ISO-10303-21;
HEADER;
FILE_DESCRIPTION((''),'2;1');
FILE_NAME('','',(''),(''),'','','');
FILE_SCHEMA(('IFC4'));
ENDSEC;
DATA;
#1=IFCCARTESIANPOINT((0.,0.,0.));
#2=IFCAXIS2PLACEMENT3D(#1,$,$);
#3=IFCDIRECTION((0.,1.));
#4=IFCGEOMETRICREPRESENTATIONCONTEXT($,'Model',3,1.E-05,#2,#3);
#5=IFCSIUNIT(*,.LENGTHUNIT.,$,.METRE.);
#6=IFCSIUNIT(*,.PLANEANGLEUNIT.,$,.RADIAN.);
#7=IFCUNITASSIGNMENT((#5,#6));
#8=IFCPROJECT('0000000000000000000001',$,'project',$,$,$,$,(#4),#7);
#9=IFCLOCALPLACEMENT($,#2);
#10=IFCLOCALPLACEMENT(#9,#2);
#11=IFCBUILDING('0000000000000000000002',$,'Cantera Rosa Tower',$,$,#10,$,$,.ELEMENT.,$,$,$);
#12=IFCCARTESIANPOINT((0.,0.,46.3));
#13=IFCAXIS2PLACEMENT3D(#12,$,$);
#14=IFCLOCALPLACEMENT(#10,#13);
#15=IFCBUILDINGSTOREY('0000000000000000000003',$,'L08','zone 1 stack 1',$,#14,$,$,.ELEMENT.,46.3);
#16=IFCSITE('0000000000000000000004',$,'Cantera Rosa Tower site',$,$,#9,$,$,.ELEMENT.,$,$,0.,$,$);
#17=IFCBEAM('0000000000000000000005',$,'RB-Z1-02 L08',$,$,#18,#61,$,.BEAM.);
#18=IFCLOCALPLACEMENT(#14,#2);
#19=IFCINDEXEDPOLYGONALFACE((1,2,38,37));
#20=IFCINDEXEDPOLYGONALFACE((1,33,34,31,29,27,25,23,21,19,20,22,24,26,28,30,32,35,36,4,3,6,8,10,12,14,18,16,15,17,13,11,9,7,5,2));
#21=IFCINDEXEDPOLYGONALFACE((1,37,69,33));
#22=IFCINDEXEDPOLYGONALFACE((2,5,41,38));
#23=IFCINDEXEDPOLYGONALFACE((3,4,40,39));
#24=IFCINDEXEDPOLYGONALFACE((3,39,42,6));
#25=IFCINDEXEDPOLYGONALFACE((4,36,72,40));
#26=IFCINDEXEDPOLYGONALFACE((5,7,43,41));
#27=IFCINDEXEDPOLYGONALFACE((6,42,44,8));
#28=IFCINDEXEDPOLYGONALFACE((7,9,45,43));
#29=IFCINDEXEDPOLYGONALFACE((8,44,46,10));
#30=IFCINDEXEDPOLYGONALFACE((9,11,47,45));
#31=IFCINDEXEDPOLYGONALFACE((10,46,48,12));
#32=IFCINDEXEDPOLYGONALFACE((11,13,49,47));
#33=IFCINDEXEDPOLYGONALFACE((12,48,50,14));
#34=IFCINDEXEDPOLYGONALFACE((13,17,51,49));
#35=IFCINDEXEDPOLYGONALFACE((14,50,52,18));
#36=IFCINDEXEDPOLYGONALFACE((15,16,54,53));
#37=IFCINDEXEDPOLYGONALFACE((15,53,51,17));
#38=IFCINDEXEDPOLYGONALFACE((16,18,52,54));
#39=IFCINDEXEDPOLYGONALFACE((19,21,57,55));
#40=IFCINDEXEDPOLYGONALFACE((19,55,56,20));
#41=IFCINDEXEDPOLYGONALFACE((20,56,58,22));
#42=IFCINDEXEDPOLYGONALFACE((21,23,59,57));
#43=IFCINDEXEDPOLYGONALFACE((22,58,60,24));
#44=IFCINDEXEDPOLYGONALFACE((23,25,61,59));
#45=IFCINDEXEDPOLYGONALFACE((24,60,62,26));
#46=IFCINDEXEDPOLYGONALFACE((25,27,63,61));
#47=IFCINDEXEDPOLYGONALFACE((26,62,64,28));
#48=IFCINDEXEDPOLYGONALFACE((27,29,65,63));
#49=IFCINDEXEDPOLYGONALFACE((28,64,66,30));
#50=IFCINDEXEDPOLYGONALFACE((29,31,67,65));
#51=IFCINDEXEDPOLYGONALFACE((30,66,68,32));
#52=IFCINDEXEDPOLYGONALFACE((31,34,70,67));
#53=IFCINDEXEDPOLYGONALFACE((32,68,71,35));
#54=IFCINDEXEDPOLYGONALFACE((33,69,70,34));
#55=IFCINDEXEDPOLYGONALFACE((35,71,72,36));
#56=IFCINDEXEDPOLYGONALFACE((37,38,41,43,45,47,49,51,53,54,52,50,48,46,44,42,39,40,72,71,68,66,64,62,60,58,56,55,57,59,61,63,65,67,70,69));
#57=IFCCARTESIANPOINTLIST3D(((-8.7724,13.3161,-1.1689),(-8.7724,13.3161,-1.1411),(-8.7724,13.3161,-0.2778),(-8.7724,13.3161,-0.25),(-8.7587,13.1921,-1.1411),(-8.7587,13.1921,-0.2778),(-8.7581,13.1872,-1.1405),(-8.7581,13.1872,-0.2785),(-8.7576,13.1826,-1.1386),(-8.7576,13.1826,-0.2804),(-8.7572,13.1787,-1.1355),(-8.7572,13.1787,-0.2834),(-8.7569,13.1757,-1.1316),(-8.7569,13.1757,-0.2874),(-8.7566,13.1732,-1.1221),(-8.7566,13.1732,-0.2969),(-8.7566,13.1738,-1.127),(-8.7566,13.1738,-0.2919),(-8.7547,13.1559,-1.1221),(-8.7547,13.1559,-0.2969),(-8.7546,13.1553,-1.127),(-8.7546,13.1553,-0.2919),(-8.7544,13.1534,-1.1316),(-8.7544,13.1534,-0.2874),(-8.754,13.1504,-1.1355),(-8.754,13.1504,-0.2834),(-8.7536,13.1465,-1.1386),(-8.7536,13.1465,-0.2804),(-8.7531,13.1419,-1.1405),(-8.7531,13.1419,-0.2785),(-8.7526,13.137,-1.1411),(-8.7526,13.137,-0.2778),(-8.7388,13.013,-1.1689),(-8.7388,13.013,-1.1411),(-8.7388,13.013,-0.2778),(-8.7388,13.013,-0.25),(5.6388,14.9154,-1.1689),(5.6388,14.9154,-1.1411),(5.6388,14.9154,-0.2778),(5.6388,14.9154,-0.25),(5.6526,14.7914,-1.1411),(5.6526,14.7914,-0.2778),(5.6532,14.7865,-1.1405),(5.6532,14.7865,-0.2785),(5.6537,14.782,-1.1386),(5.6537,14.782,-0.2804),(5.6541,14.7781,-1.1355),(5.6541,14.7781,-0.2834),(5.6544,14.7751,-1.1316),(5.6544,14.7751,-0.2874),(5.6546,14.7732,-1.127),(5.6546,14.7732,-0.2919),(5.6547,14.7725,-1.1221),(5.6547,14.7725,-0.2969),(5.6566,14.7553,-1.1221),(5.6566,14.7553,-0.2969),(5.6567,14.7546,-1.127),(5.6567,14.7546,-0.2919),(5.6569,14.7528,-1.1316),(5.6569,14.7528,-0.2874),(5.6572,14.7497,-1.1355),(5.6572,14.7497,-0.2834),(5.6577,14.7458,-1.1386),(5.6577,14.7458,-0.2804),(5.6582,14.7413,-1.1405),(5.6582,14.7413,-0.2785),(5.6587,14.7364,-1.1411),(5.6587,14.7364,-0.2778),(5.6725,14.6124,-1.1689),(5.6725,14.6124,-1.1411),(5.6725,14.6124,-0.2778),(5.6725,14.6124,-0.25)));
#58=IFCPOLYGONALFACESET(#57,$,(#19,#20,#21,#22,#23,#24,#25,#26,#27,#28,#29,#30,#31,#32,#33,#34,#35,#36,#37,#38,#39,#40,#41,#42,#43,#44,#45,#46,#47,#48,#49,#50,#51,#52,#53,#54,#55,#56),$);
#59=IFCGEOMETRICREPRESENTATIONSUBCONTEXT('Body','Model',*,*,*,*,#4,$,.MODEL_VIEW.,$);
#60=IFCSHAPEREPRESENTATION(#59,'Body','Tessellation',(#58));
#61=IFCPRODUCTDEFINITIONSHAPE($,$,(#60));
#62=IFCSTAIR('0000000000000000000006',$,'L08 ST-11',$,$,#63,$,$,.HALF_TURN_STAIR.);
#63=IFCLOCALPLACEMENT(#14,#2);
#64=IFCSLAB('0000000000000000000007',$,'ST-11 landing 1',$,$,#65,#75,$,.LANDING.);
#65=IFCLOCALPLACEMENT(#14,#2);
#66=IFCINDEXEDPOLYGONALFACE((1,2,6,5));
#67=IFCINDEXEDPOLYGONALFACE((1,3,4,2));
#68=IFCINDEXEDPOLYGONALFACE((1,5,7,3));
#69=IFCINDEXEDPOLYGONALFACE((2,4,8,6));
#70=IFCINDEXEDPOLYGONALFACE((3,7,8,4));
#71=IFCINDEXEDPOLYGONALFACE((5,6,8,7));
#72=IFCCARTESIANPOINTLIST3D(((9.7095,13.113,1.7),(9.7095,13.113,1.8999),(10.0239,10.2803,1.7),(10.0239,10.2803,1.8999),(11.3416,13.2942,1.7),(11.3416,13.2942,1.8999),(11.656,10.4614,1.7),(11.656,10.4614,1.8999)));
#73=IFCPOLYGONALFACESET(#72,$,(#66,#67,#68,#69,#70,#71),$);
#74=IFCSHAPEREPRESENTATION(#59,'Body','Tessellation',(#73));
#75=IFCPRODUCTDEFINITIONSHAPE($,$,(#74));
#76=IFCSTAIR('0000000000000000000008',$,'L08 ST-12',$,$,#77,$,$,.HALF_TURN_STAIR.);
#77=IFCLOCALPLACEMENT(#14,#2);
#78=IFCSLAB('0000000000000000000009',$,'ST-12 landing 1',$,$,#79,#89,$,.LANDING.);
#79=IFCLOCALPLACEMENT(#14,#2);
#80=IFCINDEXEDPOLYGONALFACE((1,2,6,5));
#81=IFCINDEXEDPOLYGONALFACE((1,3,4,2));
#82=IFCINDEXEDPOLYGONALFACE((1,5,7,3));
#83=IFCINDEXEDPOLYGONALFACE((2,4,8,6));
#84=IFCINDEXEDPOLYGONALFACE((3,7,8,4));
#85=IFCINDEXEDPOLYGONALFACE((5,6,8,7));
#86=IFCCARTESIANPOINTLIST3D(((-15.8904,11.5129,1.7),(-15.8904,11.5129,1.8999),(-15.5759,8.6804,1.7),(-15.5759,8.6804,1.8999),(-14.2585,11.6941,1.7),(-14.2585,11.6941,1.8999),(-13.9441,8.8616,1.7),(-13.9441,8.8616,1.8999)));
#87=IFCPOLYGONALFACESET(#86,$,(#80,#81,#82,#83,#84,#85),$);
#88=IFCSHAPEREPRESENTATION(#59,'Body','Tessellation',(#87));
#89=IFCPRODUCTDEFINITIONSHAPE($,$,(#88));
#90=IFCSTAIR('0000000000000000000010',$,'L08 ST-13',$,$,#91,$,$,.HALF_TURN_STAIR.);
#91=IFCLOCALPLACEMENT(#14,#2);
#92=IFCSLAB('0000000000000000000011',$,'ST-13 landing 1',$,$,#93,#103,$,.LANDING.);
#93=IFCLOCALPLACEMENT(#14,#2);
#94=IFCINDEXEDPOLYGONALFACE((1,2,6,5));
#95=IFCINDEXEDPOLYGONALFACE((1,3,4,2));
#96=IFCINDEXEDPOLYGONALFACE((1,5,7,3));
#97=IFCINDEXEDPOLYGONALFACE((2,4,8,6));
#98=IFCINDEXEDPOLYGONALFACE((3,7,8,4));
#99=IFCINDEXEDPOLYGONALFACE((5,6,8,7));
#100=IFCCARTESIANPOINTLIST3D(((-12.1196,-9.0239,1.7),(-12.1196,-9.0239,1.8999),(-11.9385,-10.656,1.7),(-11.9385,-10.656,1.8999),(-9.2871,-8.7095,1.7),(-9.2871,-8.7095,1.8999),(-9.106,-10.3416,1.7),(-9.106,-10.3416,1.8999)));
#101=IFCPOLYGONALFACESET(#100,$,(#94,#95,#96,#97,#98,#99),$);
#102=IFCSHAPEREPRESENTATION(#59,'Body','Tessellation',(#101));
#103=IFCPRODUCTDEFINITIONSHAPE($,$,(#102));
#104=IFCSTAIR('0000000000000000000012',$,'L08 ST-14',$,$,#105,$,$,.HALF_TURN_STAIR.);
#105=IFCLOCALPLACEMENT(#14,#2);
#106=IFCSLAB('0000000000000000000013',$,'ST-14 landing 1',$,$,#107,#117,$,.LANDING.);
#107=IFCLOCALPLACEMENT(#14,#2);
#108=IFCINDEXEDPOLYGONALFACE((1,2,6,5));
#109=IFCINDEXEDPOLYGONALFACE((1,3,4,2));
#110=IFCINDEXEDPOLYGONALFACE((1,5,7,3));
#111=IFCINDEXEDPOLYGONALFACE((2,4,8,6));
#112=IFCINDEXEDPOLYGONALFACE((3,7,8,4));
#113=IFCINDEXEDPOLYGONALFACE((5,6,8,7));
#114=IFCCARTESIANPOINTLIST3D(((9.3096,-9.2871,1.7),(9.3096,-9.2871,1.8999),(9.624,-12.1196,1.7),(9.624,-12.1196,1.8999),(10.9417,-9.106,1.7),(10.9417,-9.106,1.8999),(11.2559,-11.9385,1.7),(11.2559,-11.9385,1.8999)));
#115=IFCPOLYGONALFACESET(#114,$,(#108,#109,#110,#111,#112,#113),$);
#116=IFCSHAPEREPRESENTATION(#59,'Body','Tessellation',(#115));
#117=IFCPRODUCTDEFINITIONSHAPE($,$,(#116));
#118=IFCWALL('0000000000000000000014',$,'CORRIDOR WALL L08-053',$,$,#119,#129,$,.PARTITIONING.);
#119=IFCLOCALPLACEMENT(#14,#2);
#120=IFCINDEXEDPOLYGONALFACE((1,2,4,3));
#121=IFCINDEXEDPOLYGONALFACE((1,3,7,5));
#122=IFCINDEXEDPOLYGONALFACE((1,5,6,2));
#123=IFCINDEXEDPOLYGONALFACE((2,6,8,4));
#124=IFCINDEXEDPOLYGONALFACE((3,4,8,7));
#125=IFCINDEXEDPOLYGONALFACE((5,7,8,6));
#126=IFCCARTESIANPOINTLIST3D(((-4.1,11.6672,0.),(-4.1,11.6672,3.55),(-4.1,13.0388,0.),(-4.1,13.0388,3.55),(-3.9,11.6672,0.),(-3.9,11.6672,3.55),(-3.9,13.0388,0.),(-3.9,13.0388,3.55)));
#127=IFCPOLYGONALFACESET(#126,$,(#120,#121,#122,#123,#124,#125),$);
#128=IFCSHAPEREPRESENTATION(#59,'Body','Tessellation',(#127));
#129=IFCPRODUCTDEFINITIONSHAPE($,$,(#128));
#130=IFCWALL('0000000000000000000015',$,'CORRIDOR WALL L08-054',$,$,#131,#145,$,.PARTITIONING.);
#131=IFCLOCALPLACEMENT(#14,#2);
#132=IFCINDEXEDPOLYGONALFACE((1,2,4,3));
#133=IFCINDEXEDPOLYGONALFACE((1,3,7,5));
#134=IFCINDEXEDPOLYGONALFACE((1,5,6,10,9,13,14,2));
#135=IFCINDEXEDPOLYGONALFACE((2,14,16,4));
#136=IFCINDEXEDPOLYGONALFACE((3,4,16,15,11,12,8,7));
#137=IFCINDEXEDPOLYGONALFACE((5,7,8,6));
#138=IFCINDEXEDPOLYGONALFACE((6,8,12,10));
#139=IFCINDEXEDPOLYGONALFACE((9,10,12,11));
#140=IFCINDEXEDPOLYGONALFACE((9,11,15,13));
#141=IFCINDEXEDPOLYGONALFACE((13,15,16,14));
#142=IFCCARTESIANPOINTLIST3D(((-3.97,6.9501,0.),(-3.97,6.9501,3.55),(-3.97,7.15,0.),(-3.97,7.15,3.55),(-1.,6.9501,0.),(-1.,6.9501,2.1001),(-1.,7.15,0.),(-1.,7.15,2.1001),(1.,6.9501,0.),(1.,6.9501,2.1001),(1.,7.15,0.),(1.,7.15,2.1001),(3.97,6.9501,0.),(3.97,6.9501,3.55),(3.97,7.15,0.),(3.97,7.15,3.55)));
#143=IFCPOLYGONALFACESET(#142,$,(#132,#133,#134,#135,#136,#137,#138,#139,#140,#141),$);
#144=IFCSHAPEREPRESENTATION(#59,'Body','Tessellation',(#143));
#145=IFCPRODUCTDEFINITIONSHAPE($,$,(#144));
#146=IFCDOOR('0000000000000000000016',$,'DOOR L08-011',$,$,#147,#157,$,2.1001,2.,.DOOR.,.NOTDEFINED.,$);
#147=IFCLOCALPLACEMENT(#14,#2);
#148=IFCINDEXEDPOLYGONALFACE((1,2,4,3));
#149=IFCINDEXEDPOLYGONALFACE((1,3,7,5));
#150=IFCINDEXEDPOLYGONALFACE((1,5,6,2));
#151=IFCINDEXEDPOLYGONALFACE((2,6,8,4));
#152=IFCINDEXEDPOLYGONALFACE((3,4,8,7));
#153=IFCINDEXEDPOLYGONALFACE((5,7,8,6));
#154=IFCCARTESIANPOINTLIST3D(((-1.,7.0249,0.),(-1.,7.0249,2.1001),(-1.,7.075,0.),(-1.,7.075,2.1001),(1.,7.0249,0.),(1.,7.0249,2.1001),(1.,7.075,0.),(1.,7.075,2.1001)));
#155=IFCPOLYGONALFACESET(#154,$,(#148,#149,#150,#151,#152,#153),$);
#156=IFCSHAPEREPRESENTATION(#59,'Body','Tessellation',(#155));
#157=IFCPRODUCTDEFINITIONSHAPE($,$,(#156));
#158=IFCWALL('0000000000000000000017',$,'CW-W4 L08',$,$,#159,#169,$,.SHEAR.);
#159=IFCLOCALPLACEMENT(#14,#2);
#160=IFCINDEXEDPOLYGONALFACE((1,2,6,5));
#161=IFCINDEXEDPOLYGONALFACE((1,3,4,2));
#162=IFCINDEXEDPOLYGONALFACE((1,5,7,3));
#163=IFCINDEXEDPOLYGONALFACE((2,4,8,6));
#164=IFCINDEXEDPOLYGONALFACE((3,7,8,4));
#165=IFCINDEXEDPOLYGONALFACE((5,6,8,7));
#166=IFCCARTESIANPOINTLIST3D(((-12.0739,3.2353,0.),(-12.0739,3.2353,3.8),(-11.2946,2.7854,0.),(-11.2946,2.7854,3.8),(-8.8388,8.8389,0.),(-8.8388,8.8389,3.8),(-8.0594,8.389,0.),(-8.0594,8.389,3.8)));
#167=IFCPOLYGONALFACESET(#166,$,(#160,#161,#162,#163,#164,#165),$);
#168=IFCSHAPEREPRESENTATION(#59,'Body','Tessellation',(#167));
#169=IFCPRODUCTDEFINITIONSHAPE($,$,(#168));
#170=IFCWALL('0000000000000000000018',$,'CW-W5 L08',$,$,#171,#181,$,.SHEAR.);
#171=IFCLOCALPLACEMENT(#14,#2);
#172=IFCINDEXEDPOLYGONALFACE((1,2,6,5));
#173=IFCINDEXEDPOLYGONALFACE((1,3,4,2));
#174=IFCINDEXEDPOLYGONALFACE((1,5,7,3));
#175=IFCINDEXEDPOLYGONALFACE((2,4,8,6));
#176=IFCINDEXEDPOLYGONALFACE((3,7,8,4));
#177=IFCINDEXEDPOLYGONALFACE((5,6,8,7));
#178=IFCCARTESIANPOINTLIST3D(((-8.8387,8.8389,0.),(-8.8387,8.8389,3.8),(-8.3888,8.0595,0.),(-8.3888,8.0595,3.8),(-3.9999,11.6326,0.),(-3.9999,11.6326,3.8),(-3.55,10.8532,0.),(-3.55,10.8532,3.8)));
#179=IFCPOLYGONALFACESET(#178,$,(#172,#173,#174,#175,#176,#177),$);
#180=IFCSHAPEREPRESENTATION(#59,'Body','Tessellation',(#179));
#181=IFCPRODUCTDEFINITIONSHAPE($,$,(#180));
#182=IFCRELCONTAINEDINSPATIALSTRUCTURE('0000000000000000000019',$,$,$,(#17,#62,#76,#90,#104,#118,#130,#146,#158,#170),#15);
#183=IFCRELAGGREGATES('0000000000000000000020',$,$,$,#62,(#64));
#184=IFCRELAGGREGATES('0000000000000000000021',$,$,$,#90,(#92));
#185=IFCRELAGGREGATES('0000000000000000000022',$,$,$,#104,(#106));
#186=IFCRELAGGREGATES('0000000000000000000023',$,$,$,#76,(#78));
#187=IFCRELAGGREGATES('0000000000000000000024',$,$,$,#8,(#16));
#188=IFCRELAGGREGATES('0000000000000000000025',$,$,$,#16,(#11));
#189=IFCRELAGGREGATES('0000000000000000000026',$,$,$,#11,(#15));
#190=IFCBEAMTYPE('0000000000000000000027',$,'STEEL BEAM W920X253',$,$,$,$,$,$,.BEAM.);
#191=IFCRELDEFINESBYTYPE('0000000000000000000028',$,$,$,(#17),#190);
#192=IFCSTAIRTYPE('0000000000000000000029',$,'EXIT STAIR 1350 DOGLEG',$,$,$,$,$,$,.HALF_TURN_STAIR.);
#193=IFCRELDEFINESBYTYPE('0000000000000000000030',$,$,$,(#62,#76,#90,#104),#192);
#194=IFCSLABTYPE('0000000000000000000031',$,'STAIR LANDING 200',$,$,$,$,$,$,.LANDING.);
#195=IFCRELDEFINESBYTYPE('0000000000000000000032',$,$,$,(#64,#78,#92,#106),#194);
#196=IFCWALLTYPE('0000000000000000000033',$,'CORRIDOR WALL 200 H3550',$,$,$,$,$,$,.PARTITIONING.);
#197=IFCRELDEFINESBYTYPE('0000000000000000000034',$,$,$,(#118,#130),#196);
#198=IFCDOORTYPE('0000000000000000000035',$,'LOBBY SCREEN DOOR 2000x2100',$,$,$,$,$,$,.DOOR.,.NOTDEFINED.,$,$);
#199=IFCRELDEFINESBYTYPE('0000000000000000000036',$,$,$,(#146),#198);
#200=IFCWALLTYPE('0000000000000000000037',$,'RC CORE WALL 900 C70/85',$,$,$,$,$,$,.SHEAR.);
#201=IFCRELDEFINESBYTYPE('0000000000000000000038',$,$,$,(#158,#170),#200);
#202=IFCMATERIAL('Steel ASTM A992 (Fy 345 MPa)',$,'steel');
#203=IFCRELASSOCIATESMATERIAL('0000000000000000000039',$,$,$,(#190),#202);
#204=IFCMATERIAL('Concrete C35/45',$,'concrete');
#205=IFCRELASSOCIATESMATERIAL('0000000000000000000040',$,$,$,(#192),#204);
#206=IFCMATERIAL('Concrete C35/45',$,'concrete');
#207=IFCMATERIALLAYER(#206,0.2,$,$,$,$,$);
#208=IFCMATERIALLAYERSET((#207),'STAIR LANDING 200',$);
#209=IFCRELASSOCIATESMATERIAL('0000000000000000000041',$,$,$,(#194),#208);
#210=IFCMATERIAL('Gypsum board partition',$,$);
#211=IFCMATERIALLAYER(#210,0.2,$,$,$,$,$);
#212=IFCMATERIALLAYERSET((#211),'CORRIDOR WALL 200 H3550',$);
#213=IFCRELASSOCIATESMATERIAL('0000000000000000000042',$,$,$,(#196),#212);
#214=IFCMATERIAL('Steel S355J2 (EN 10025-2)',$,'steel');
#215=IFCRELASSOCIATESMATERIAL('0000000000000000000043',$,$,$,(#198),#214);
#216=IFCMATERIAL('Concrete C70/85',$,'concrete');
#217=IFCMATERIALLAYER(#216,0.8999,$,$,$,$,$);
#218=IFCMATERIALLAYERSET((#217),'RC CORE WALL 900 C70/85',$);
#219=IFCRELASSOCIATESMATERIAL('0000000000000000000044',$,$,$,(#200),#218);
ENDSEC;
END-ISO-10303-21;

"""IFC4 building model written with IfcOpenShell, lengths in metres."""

from ifc_helpers import new_model, si_unit, direction, frame, frame_2d, origin, origin_2d, place, context, subcontext, project, spatial, polyline, rectangle, i_section, outline, extrude, material, layer, layer_set, material_profile, profile_set, type_object, element, fill, aggregate, save


model = new_model("IFC4")

# Units and contexts
model_context = context("Model", 3, precision=1e-05, world=origin(), true_north=direction((0.0, 1.0)))
body_context = subcontext(model_context, "Body", "Model", "MODEL_VIEW")
ifc_project = project(units=[si_unit("LENGTHUNIT", "METRE"), si_unit("PLANEANGLEUNIT", "RADIAN")], contexts=[model_context])

# Site, building, storey
site_placement = place(None, origin())
site = spatial("IfcSite", under=ifc_project, at=site_placement, Name="Cantera Rosa Tower site", CompositionType="ELEMENT", RefElevation=0.0)
building_placement = place(site_placement, origin())
building = spatial("IfcBuilding", under=site, at=building_placement, Name="Cantera Rosa Tower", CompositionType="ELEMENT")
storey_placement = place(building_placement, frame((0.0, 0.0, 46.3)))
storey = spatial("IfcBuildingStorey", under=building, at=storey_placement, Name="L08", Description="zone 1 stack 1", CompositionType="ELEMENT", Elevation=46.3)

# Beam
ifc_material_1 = material(Name="Steel ASTM A992 (Fy 345 MPa)", Category="steel")
ifc_material_profile = material_profile(ifc_material_1, i_section(OverallWidth=0.3049, OverallDepth=0.9189, WebThickness=0.0173, FlangeThickness=0.0278, FilletRadius=0.019, at=origin_2d()), Name="W920X253")
ifc_profile_set = profile_set([ifc_material_profile], Name="Steel ASTM A992 (Fy 345 MPa)")
beam_type = type_object("IfcBeamType", Name="STEEL BEAM W920X253", PredefinedType="BEAM", material=ifc_profile_set)
beam_placement = place(storey_placement, frame((-8.7556, 13.1646, -0.7095), z_axis=(0.993898, 0.110302, 0.0), x_axis=(-0.110302, 0.993898, 0.0)))
element("IfcBeam", 1, at=beam_placement, inside=storey, type_object=beam_type, Name="RB-Z1-02 L08", PredefinedType="BEAM", context=body_context, shape_type="SweptSolid", body=[
    extrude(i_section(OverallWidth=0.3049, OverallDepth=0.9189, WebThickness=0.0173, FlangeThickness=0.0278, FilletRadius=0.019, at=origin_2d()), origin(), (0.0, 0.0, 1.0), 14.4998),
])

# Stairs, slabs
ifc_material_2 = material(Name="Concrete C35/45", Category="concrete")
stair_type = type_object("IfcStairType", Name="EXIT STAIR 1350 DOGLEG", PredefinedType="HALF_TURN_STAIR", material=ifc_material_2)
stair_1_placement = place(storey_placement, origin())
stair_1 = element("IfcStair", 2, at=stair_1_placement, inside=storey, type_object=stair_type, Name="L08 ST-11", PredefinedType="HALF_TURN_STAIR")
ifc_material_3 = material(Name="Concrete C35/45", Category="concrete")
ifc_layer_1 = layer(ifc_material_3, 0.2)
ifc_layer_set_1 = layer_set([ifc_layer_1], Name="STAIR LANDING 200")
slab_type = type_object("IfcSlabType", Name="STAIR LANDING 200", PredefinedType="LANDING", material=ifc_layer_set_1)
slab_1_placement = place(storey_placement, frame((0.0, 0.0, 1.7)))
slab_1 = element("IfcSlab", 3, at=slab_1_placement, type_object=slab_type, Name="ST-11 landing 1", PredefinedType="LANDING", context=body_context, shape_type="SweptSolid", body=[
    extrude(outline(polyline([(11.3416, 13.2942), (9.7095, 13.113), (10.0239, 10.2803), (11.656, 10.4614), (11.3416, 13.2942)])), origin(), (0.0, 0.0, 1.0), 0.2),
])
aggregate(stair_1, [slab_1])
stair_2_placement = place(storey_placement, origin())
stair_2 = element("IfcStair", 4, at=stair_2_placement, inside=storey, type_object=stair_type, Name="L08 ST-12", PredefinedType="HALF_TURN_STAIR")
slab_2_placement = place(storey_placement, frame((0.0, 0.0, 1.7)))
slab_2 = element("IfcSlab", 5, at=slab_2_placement, type_object=slab_type, Name="ST-12 landing 1", PredefinedType="LANDING", context=body_context, shape_type="SweptSolid", body=[
    extrude(outline(polyline([(-14.2585, 11.6941), (-15.8904, 11.5129), (-15.5759, 8.6804), (-13.9441, 8.8616), (-14.2585, 11.6941)])), origin(), (0.0, 0.0, 1.0), 0.2),
])
stair_3_placement = place(storey_placement, origin())
stair_3 = element("IfcStair", 6, at=stair_3_placement, inside=storey, type_object=stair_type, Name="L08 ST-13", PredefinedType="HALF_TURN_STAIR")
slab_3_placement = place(storey_placement, frame((0.0, 0.0, 1.7)))
slab_3 = element("IfcSlab", 7, at=slab_3_placement, type_object=slab_type, Name="ST-13 landing 1", PredefinedType="LANDING", context=body_context, shape_type="SweptSolid", body=[
    extrude(outline(polyline([(-9.106, -10.3416), (-9.2871, -8.7095), (-12.1196, -9.0239), (-11.9385, -10.656), (-9.106, -10.3416)])), origin(), (0.0, 0.0, 1.0), 0.2),
])
aggregate(stair_3, [slab_3])
stair_4_placement = place(storey_placement, origin())
stair_4 = element("IfcStair", 8, at=stair_4_placement, inside=storey, type_object=stair_type, Name="L08 ST-14", PredefinedType="HALF_TURN_STAIR")
slab_4_placement = place(storey_placement, frame((0.0, 0.0, 1.7)))
slab_4 = element("IfcSlab", 9, at=slab_4_placement, type_object=slab_type, Name="ST-14 landing 1", PredefinedType="LANDING", context=body_context, shape_type="SweptSolid", body=[
    extrude(outline(polyline([(10.9417, -9.106), (9.3096, -9.2871), (9.624, -12.1196), (11.2559, -11.9385), (10.9417, -9.106)])), origin(), (0.0, 0.0, 1.0), 0.2),
])
aggregate(stair_4, [slab_4])

# Wall
ifc_material_4 = material(Name="Gypsum board partition")
ifc_layer_2 = layer(ifc_material_4, 0.2)
ifc_layer_set_2 = layer_set([ifc_layer_2], Name="CORRIDOR WALL 200 H3550")
wall_type_1 = type_object("IfcWallType", Name="CORRIDOR WALL 200 H3550", PredefinedType="PARTITIONING", material=ifc_layer_set_2)
wall_1_placement = place(storey_placement, frame((-4.0, 13.0388, 0.0), z_axis=(0.0, 0.0, 1.0), x_axis=(0.0, -1.0, 0.0)))
element("IfcWall", 10, at=wall_1_placement, inside=storey, type_object=wall_type_1, Name="CORRIDOR WALL L08-053", PredefinedType="PARTITIONING", context=body_context, shape_type="SweptSolid", body=[
    extrude(rectangle(XDim=1.3716, YDim=0.2, at=frame_2d((0.6858, 0.0))), origin(), (0.0, 0.0, 1.0), 3.55),
])

# Wall, opening, door
wall_2_placement = place(storey_placement, frame((-3.97, 7.05, 0.0), z_axis=(0.0, 0.0, 1.0), x_axis=(1.0, 0.0, 0.0)))
wall_2 = element("IfcWall", 11, at=wall_2_placement, inside=storey, type_object=wall_type_1, Name="CORRIDOR WALL L08-054", PredefinedType="PARTITIONING", context=body_context, shape_type="SweptSolid", body=[
    extrude(rectangle(XDim=7.9399, YDim=0.2, at=frame_2d((3.97, 0.0))), origin(), (0.0, 0.0, 1.0), 3.55),
])
opening_1_placement = place(wall_2_placement, frame((2.97, 0.0, 0.0)))
opening_1 = element("IfcOpeningElement", 12, at=opening_1_placement, cuts=wall_2, PredefinedType="OPENING", context=body_context, shape_type="SweptSolid", body=[
    extrude(rectangle(XDim=2.0, YDim=2.1001, at=frame_2d((1.0, 1.05))), frame((0.0, 0.1099, 0.0), z_axis=(0.0, -1.0, 0.0), x_axis=(1.0, 0.0, 0.0)), (0.0, 0.0, 1.0), 0.22),
])
ifc_material_5 = material(Name="Steel S355J2 (EN 10025-2)", Category="steel")
door_type_1 = type_object("IfcDoorType", Name="LOBBY SCREEN DOOR 2000x2100", OperationType="NOTDEFINED", PredefinedType="DOOR", material=ifc_material_5)
door_1_placement = place(opening_1_placement, origin())
door_1 = element("IfcDoor", 13, at=door_1_placement, inside=storey, type_object=door_type_1, Name="DOOR L08-011", OperationType="NOTDEFINED", OverallHeight=2.1001, OverallWidth=2.0, PredefinedType="DOOR", context=body_context, shape_type="SweptSolid", body=[
    extrude(rectangle(XDim=2.0, YDim=2.1001, at=frame_2d((1.0, 1.05))), frame((0.0, 0.0249, 0.0), z_axis=(0.0, -1.0, 0.0), x_axis=(1.0, 0.0, 0.0)), (0.0, 0.0, 1.0), 0.05),
])
fill(opening_1, door_1)

# Walls
ifc_material_6 = material(Name="Concrete C70/85", Category="concrete")
ifc_layer_3 = layer(ifc_material_6, 0.8999)
ifc_layer_set_3 = layer_set([ifc_layer_3], Name="RC CORE WALL 900 C70/85")
wall_type_2 = type_object("IfcWallType", Name="RC CORE WALL 900 C70/85", PredefinedType="SHEAR", material=ifc_layer_set_3)
wall_3_placement = place(storey_placement, frame((-11.6843, 3.0103, 0.0), z_axis=(0.0, 0.0, 1.0), x_axis=(0.49999, 0.866031, 0.0)))
element("IfcWall", 14, at=wall_3_placement, inside=storey, type_object=wall_type_2, Name="CW-W4 L08", PredefinedType="SHEAR", context=body_context, shape_type="SweptSolid", body=[
    extrude(rectangle(XDim=6.4705, YDim=0.8999, at=frame_2d((3.2354, 0.0))), origin(), (0.0, 0.0, 1.0), 3.8),
])
wall_4_placement = place(storey_placement, frame((-8.6138, 8.4492, 0.0), z_axis=(0.0, 0.0, 1.0), x_axis=(0.866027, 0.499997, 0.0)))
element("IfcWall", 15, at=wall_4_placement, inside=storey, type_object=wall_type_2, Name="CW-W5 L08", PredefinedType="SHEAR", context=body_context, shape_type="SweptSolid", body=[
    extrude(rectangle(XDim=5.5874, YDim=0.8999, at=frame_2d((2.7937, 0.0))), origin(), (0.0, 0.0, 1.0), 3.8),
])

aggregate(stair_2, [slab_2])

save(model, "model.ifc")
